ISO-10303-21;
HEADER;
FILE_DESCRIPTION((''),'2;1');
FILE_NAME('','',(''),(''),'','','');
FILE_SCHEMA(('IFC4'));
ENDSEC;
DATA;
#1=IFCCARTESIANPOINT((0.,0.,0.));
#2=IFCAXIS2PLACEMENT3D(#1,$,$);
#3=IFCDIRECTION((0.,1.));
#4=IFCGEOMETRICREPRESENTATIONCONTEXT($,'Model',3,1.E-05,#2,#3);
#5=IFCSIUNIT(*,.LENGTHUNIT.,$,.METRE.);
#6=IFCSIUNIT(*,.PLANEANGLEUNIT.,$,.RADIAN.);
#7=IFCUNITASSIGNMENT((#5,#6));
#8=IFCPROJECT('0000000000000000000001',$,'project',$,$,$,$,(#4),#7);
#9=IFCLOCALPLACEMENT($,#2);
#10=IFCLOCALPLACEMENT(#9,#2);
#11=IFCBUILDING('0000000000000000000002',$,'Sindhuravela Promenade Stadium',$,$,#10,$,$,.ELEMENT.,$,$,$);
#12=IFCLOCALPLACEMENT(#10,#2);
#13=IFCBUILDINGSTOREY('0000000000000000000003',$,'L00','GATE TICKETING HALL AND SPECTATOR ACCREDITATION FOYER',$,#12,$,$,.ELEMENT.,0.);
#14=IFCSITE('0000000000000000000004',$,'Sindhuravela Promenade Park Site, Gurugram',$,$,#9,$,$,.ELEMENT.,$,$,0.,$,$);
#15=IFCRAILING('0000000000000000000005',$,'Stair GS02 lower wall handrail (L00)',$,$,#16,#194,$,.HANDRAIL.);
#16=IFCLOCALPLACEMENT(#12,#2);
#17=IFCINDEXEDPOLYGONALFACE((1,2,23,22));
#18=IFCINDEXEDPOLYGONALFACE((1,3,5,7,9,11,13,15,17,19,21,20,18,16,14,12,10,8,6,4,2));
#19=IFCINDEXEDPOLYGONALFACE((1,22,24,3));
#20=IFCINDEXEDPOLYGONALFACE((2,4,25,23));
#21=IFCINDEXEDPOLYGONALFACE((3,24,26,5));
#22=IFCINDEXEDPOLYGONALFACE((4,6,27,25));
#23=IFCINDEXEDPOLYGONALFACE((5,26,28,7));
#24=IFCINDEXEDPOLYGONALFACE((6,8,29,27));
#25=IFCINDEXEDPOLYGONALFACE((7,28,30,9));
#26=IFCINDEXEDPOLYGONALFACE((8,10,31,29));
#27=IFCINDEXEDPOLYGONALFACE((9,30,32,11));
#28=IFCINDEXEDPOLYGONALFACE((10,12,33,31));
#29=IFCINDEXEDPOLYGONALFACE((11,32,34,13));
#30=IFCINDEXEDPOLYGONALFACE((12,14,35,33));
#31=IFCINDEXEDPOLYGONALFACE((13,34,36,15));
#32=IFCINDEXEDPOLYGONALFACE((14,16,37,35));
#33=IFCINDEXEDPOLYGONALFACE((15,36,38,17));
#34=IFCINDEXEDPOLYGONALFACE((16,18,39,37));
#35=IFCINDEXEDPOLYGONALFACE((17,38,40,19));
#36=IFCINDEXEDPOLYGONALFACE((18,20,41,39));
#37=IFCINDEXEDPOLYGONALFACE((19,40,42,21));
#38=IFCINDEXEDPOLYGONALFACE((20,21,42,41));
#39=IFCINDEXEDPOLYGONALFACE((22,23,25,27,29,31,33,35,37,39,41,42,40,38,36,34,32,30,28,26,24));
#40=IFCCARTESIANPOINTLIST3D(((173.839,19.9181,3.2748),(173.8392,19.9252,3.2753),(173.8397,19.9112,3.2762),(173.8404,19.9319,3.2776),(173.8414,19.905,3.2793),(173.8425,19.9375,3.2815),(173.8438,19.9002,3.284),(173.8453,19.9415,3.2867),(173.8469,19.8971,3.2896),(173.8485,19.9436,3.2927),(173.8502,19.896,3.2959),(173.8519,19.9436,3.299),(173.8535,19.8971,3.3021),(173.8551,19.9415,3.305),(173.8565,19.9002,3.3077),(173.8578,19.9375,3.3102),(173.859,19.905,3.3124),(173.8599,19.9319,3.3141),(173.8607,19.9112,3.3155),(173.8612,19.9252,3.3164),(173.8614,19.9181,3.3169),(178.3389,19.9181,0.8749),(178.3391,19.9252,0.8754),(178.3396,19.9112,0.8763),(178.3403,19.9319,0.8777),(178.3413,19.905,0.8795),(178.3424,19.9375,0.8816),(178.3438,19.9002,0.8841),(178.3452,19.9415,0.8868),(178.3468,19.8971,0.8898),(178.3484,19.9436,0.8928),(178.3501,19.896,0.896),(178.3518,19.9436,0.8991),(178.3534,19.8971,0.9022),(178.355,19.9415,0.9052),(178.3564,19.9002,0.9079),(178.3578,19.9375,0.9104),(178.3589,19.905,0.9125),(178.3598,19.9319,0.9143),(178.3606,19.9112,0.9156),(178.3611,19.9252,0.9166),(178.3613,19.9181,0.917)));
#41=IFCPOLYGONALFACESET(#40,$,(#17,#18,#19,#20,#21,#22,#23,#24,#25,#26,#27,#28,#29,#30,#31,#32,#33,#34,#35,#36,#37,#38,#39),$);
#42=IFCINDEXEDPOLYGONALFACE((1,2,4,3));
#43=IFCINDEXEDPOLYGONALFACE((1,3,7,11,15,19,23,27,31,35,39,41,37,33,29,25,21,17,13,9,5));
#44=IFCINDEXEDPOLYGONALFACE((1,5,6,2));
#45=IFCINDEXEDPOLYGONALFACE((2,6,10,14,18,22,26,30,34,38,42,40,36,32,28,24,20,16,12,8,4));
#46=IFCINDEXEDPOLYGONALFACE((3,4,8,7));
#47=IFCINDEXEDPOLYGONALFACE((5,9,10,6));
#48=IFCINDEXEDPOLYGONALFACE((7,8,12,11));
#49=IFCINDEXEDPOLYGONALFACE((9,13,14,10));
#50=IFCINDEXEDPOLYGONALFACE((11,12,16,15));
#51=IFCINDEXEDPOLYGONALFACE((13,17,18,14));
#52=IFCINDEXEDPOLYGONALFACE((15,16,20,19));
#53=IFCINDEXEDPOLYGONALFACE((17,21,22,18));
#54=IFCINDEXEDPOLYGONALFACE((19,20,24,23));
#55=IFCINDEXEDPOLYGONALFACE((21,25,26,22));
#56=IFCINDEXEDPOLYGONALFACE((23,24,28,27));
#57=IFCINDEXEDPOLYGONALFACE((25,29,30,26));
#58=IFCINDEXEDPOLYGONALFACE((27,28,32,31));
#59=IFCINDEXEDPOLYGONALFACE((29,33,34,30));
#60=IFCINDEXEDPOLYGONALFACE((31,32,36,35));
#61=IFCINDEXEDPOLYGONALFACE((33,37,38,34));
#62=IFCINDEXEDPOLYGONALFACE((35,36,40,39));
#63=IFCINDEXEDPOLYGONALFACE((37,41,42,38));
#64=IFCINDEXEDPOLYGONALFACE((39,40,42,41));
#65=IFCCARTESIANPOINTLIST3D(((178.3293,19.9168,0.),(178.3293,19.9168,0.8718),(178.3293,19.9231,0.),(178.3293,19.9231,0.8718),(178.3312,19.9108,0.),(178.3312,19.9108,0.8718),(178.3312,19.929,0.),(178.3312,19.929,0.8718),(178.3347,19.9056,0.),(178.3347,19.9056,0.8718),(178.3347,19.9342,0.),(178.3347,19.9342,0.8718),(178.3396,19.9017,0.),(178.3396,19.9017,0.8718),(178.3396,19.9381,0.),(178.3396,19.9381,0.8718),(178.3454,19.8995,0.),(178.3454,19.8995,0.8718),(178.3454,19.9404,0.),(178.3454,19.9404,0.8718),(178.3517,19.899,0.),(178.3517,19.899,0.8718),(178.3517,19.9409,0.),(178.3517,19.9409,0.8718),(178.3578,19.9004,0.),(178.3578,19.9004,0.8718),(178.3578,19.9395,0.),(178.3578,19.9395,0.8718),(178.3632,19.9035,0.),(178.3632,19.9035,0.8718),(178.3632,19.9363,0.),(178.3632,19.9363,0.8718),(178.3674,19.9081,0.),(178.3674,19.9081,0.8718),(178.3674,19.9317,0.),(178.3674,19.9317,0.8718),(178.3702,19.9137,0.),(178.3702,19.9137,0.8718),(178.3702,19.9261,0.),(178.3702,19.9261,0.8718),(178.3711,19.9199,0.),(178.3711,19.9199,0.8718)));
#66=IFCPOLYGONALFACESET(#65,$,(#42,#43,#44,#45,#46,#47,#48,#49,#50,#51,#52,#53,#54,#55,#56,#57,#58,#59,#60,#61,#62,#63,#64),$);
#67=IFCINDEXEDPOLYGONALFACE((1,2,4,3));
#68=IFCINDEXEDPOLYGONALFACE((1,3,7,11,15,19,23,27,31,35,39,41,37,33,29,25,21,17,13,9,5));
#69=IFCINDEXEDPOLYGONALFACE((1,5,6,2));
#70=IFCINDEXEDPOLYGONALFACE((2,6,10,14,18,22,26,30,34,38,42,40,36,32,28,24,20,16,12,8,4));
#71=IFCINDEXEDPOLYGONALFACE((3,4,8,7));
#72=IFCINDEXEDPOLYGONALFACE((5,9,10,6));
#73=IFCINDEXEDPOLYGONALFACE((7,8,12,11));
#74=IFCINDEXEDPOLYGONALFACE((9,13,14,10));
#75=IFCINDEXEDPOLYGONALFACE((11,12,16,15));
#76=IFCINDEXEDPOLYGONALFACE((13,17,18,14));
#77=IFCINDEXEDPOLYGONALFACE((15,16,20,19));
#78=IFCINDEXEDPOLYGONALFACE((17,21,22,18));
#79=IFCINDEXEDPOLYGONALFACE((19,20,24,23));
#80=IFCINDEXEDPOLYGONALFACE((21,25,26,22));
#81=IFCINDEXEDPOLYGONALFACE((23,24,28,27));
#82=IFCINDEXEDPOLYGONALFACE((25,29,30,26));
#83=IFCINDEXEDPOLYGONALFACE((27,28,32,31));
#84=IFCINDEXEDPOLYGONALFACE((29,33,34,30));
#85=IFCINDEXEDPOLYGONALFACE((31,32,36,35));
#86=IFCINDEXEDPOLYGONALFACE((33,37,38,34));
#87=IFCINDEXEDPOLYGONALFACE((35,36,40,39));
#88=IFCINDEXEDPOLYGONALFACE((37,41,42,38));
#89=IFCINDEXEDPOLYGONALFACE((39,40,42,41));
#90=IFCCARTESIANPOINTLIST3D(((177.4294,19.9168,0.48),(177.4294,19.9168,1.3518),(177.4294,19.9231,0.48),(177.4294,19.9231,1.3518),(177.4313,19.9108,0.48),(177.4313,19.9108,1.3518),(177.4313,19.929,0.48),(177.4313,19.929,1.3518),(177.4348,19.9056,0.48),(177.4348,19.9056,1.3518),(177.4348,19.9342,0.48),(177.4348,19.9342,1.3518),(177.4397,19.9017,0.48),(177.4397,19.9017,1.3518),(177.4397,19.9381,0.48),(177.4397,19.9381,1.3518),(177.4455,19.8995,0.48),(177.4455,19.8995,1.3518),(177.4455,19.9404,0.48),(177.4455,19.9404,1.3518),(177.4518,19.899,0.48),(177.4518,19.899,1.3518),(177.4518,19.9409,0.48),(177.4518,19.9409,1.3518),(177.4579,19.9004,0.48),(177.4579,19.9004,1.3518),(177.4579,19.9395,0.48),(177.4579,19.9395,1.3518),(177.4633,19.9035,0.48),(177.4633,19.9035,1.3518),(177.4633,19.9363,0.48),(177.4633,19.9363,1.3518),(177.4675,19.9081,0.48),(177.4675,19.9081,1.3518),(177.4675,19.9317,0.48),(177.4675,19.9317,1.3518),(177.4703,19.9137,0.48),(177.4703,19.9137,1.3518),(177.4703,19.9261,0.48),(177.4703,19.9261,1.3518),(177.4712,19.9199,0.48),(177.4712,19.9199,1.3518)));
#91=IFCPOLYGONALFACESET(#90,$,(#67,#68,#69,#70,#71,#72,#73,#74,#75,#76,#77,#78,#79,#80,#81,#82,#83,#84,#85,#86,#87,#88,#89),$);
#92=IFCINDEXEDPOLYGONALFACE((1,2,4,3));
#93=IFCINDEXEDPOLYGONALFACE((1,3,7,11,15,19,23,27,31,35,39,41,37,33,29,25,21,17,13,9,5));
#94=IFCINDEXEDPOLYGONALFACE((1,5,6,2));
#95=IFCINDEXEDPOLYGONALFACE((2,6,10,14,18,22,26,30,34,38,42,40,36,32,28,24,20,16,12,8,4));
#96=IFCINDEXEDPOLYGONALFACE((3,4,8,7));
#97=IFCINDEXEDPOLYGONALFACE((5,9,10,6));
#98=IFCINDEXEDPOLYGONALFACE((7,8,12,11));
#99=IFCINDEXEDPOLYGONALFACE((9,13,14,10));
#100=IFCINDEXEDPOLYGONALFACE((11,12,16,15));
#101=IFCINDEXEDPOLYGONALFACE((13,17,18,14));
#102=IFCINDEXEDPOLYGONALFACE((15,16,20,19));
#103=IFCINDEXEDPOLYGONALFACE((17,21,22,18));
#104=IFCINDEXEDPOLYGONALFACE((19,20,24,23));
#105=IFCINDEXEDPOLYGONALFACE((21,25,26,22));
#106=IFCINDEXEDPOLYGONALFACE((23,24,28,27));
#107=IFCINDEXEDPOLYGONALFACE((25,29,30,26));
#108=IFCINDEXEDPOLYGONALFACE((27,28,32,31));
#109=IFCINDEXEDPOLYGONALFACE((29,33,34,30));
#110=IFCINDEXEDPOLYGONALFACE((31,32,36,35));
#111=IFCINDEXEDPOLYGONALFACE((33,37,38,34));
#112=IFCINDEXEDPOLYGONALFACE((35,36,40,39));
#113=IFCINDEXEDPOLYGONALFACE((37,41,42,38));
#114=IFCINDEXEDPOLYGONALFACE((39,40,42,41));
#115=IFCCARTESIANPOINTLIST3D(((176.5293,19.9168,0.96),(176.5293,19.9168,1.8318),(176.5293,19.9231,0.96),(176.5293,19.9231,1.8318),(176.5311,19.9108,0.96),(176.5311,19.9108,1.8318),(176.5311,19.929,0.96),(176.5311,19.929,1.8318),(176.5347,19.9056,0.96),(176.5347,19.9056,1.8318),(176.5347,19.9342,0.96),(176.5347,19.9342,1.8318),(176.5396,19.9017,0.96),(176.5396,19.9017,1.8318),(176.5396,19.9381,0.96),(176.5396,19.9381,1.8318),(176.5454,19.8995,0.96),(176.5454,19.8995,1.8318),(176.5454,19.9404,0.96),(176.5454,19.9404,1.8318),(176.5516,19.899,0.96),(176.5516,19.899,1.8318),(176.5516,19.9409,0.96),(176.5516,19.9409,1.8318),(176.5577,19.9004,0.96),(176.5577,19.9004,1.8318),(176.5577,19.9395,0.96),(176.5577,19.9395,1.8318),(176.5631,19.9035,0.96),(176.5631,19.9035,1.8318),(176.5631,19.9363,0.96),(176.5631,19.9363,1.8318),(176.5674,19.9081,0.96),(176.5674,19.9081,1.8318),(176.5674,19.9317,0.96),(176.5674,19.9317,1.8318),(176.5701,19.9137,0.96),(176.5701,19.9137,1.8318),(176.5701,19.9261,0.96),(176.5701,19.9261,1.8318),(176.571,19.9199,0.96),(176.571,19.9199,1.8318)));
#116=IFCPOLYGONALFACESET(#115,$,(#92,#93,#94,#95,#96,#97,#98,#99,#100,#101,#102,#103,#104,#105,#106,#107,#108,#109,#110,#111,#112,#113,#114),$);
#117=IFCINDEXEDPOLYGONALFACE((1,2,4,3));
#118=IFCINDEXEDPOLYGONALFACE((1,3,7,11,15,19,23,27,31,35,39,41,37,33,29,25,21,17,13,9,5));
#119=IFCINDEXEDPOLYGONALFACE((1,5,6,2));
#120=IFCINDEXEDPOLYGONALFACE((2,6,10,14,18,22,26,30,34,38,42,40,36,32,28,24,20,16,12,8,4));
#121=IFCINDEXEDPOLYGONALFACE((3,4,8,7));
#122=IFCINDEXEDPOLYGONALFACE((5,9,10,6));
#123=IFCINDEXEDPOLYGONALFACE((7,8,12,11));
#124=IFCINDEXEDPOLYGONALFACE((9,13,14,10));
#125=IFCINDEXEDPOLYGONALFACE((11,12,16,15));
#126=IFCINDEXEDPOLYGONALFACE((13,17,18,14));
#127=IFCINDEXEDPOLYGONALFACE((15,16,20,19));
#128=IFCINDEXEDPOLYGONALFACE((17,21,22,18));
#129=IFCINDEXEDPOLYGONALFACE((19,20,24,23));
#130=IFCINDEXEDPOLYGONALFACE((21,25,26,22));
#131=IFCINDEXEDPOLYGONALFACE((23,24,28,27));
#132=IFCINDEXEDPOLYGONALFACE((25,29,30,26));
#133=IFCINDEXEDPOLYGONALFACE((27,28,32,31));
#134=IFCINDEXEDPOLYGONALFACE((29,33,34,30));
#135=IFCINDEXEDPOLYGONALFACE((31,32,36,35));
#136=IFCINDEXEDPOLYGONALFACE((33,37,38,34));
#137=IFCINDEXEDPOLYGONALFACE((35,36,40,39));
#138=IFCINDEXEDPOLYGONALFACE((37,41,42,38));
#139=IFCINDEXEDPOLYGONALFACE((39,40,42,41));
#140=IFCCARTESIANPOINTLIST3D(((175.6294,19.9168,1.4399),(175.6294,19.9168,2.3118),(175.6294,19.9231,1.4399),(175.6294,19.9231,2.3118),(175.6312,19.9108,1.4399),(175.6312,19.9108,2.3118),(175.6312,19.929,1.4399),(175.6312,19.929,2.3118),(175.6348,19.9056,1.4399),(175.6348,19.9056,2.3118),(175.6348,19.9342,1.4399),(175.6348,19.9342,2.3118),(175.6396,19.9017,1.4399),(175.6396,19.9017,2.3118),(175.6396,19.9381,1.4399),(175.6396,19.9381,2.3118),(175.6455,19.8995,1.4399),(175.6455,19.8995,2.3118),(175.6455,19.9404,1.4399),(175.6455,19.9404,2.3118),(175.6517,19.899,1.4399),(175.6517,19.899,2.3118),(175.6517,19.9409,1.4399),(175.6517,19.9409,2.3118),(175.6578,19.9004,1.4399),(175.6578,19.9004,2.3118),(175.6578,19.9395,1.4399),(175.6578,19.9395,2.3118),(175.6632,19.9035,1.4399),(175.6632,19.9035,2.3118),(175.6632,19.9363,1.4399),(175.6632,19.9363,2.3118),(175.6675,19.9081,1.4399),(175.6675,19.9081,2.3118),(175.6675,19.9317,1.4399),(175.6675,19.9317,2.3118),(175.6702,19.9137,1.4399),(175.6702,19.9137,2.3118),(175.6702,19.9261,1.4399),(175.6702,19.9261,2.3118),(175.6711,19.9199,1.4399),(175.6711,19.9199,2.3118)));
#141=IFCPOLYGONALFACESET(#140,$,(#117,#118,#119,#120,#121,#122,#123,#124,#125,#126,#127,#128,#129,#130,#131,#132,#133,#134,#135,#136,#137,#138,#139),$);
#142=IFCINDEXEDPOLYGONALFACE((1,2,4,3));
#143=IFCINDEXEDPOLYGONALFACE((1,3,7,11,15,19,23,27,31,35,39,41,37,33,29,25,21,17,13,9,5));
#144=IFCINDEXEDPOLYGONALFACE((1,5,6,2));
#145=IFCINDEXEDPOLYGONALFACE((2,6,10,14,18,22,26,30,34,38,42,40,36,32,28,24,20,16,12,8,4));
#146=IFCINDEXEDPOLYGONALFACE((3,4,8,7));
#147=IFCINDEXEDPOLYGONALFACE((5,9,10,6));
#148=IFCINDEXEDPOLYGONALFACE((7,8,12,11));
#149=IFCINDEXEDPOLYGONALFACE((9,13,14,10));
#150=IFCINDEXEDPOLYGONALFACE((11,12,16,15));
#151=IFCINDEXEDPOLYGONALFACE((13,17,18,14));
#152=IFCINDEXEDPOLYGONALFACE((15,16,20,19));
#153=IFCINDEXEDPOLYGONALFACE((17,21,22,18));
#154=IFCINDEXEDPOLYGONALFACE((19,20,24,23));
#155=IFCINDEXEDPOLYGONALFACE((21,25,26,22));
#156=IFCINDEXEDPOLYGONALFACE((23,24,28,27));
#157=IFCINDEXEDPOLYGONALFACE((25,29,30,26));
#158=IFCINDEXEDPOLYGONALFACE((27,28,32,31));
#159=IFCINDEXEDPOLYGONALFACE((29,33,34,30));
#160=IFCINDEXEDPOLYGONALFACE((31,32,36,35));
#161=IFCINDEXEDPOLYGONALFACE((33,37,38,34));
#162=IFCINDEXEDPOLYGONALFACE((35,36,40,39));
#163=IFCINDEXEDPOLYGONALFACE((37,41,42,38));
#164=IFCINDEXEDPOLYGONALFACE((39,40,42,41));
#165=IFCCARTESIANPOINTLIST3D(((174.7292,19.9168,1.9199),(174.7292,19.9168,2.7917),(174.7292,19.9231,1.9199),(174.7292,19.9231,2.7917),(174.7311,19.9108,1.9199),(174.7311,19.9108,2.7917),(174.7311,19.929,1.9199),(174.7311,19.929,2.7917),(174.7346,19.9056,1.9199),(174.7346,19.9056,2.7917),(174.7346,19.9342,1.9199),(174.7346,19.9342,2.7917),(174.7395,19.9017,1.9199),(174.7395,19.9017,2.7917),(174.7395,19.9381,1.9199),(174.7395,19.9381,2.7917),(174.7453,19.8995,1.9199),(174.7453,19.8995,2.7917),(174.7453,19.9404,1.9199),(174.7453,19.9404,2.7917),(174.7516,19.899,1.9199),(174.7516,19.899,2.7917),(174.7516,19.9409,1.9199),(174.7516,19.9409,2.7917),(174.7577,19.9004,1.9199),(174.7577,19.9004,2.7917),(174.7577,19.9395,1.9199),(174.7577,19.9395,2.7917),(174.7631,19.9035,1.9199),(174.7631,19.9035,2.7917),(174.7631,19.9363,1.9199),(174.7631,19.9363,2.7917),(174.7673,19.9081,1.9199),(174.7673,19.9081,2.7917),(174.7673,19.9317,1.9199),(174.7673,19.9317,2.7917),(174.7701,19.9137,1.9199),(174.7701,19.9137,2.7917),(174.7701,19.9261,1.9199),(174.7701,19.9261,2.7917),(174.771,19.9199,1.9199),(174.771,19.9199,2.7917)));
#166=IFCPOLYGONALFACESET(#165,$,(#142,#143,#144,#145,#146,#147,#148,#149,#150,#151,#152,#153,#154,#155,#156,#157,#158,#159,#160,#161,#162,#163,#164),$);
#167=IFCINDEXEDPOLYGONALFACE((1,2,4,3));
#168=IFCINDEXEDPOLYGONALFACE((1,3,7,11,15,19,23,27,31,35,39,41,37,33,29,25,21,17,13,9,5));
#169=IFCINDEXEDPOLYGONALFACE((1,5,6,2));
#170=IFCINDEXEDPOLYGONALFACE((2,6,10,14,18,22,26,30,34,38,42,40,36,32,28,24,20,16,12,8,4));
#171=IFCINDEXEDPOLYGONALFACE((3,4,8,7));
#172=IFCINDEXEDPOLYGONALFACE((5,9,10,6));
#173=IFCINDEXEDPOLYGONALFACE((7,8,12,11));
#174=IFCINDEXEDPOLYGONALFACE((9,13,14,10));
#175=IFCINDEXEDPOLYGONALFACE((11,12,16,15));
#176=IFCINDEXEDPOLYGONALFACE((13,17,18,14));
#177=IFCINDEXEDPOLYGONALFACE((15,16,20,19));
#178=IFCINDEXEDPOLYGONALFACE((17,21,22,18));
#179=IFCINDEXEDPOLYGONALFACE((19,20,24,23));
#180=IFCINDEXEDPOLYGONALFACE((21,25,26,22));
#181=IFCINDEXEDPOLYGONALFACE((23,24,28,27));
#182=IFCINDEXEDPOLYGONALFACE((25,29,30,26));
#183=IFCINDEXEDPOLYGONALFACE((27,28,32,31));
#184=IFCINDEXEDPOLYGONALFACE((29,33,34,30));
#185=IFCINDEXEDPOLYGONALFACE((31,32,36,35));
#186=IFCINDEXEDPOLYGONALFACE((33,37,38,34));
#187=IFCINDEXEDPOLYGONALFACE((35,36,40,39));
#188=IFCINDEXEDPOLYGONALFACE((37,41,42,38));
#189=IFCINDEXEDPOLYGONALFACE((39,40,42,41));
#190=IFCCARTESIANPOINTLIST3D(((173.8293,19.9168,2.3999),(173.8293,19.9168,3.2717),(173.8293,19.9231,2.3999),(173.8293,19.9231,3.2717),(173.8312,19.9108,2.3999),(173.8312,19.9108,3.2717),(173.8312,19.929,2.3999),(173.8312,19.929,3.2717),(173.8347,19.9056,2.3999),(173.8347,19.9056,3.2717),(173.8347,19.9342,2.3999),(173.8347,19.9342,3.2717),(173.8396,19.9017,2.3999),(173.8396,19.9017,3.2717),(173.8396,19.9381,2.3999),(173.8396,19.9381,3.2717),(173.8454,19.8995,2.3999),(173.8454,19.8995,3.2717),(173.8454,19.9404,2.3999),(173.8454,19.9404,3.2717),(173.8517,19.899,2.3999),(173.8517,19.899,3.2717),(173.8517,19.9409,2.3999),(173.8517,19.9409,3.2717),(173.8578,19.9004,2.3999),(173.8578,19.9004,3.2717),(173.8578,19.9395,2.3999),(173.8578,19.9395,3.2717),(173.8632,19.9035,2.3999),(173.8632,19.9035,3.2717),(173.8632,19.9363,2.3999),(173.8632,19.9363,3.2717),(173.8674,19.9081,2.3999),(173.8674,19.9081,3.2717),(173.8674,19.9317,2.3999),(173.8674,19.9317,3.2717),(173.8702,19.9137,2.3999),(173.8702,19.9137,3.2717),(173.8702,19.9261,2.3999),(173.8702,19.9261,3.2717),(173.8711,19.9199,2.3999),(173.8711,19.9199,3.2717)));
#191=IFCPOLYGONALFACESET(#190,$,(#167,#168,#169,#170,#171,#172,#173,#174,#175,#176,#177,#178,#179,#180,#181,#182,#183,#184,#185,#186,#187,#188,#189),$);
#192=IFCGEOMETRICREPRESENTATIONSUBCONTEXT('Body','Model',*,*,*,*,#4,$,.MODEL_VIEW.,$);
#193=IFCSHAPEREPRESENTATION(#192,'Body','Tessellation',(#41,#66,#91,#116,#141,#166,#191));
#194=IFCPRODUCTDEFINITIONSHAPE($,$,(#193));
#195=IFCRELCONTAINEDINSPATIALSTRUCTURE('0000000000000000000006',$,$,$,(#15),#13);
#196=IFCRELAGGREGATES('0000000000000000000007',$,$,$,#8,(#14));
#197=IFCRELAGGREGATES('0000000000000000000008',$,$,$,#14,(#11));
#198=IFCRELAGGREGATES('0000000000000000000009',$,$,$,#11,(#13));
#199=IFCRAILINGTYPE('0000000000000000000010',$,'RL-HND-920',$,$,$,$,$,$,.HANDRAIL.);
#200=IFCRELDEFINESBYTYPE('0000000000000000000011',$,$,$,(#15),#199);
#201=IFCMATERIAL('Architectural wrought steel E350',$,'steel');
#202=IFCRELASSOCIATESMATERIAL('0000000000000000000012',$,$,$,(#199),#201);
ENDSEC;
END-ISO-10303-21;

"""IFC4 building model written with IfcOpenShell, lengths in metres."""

from ifc_helpers import new_model, si_unit, direction, frame, origin, origin_2d, place, context, subcontext, project, spatial, circle, extrude, material, type_object, element, save


model = new_model("IFC4")

# Units and contexts
model_context = context("Model", 3, precision=1e-05, world=origin(), true_north=direction((0.0, 1.0)))
body_context = subcontext(model_context, "Body", "Model", "MODEL_VIEW")
ifc_project = project(units=[si_unit("LENGTHUNIT", "METRE"), si_unit("PLANEANGLEUNIT", "RADIAN")], contexts=[model_context])

# Site, building, storey
site_placement = place(None, origin())
site = spatial("IfcSite", under=ifc_project, at=site_placement, Name="Sindhuravela Promenade Park Site, Gurugram", CompositionType="ELEMENT", RefElevation=0.0)
building_placement = place(site_placement, origin())
building = spatial("IfcBuilding", under=site, at=building_placement, Name="Sindhuravela Promenade Stadium", CompositionType="ELEMENT")
storey_placement = place(building_placement, origin())
storey = spatial("IfcBuildingStorey", under=building, at=storey_placement, Name="L00", Description="GATE TICKETING HALL AND SPECTATOR ACCREDITATION FOYER", CompositionType="ELEMENT", Elevation=0.0)

# Shared definitions
ifc_material_1 = material(Name="Architectural wrought steel E350", Category="steel")

# Railing
railing_type = type_object("IfcRailingType", Name="RL-HND-920", PredefinedType="HANDRAIL", material=ifc_material_1)
railing_1_placement = place(storey_placement, frame((178.3501, 19.9199, 0.0)))
element("IfcRailing", 1, at=railing_1_placement, inside=storey, type_object=railing_type, Name="Stair GS02 lower wall handrail (L00)", PredefinedType="HANDRAIL", context=body_context, shape_type="SweptSolid", body=[
    extrude(circle(Radius=0.0239, at=origin_2d()), frame((0.0, 0.0, 0.896), z_axis=(-0.882361, 0.0, 0.470573), x_axis=(0.0, -1.0, 0.0)), (0.0, 0.0, 1.0), 5.0999),
    extrude(circle(Radius=0.021, at=origin_2d()), origin(), (0.0, 0.0, 1.0), 0.8718),
    extrude(circle(Radius=0.021, at=origin_2d()), frame((-0.8999, 0.0, 0.48)), (0.0, 0.0, 1.0), 0.8718),
    extrude(circle(Radius=0.021, at=origin_2d()), frame((-1.8, 0.0, 0.96)), (0.0, 0.0, 1.0), 0.8718),
    extrude(circle(Radius=0.021, at=origin_2d()), frame((-2.7, 0.0, 1.4399)), (0.0, 0.0, 1.0), 0.8718),
    extrude(circle(Radius=0.021, at=origin_2d()), frame((-3.6001, 0.0, 1.9199)), (0.0, 0.0, 1.0), 0.8718),
    extrude(circle(Radius=0.021, at=origin_2d()), frame((-4.5, 0.0, 2.3999)), (0.0, 0.0, 1.0), 0.8718),
])

save(model, "model.ifc")
